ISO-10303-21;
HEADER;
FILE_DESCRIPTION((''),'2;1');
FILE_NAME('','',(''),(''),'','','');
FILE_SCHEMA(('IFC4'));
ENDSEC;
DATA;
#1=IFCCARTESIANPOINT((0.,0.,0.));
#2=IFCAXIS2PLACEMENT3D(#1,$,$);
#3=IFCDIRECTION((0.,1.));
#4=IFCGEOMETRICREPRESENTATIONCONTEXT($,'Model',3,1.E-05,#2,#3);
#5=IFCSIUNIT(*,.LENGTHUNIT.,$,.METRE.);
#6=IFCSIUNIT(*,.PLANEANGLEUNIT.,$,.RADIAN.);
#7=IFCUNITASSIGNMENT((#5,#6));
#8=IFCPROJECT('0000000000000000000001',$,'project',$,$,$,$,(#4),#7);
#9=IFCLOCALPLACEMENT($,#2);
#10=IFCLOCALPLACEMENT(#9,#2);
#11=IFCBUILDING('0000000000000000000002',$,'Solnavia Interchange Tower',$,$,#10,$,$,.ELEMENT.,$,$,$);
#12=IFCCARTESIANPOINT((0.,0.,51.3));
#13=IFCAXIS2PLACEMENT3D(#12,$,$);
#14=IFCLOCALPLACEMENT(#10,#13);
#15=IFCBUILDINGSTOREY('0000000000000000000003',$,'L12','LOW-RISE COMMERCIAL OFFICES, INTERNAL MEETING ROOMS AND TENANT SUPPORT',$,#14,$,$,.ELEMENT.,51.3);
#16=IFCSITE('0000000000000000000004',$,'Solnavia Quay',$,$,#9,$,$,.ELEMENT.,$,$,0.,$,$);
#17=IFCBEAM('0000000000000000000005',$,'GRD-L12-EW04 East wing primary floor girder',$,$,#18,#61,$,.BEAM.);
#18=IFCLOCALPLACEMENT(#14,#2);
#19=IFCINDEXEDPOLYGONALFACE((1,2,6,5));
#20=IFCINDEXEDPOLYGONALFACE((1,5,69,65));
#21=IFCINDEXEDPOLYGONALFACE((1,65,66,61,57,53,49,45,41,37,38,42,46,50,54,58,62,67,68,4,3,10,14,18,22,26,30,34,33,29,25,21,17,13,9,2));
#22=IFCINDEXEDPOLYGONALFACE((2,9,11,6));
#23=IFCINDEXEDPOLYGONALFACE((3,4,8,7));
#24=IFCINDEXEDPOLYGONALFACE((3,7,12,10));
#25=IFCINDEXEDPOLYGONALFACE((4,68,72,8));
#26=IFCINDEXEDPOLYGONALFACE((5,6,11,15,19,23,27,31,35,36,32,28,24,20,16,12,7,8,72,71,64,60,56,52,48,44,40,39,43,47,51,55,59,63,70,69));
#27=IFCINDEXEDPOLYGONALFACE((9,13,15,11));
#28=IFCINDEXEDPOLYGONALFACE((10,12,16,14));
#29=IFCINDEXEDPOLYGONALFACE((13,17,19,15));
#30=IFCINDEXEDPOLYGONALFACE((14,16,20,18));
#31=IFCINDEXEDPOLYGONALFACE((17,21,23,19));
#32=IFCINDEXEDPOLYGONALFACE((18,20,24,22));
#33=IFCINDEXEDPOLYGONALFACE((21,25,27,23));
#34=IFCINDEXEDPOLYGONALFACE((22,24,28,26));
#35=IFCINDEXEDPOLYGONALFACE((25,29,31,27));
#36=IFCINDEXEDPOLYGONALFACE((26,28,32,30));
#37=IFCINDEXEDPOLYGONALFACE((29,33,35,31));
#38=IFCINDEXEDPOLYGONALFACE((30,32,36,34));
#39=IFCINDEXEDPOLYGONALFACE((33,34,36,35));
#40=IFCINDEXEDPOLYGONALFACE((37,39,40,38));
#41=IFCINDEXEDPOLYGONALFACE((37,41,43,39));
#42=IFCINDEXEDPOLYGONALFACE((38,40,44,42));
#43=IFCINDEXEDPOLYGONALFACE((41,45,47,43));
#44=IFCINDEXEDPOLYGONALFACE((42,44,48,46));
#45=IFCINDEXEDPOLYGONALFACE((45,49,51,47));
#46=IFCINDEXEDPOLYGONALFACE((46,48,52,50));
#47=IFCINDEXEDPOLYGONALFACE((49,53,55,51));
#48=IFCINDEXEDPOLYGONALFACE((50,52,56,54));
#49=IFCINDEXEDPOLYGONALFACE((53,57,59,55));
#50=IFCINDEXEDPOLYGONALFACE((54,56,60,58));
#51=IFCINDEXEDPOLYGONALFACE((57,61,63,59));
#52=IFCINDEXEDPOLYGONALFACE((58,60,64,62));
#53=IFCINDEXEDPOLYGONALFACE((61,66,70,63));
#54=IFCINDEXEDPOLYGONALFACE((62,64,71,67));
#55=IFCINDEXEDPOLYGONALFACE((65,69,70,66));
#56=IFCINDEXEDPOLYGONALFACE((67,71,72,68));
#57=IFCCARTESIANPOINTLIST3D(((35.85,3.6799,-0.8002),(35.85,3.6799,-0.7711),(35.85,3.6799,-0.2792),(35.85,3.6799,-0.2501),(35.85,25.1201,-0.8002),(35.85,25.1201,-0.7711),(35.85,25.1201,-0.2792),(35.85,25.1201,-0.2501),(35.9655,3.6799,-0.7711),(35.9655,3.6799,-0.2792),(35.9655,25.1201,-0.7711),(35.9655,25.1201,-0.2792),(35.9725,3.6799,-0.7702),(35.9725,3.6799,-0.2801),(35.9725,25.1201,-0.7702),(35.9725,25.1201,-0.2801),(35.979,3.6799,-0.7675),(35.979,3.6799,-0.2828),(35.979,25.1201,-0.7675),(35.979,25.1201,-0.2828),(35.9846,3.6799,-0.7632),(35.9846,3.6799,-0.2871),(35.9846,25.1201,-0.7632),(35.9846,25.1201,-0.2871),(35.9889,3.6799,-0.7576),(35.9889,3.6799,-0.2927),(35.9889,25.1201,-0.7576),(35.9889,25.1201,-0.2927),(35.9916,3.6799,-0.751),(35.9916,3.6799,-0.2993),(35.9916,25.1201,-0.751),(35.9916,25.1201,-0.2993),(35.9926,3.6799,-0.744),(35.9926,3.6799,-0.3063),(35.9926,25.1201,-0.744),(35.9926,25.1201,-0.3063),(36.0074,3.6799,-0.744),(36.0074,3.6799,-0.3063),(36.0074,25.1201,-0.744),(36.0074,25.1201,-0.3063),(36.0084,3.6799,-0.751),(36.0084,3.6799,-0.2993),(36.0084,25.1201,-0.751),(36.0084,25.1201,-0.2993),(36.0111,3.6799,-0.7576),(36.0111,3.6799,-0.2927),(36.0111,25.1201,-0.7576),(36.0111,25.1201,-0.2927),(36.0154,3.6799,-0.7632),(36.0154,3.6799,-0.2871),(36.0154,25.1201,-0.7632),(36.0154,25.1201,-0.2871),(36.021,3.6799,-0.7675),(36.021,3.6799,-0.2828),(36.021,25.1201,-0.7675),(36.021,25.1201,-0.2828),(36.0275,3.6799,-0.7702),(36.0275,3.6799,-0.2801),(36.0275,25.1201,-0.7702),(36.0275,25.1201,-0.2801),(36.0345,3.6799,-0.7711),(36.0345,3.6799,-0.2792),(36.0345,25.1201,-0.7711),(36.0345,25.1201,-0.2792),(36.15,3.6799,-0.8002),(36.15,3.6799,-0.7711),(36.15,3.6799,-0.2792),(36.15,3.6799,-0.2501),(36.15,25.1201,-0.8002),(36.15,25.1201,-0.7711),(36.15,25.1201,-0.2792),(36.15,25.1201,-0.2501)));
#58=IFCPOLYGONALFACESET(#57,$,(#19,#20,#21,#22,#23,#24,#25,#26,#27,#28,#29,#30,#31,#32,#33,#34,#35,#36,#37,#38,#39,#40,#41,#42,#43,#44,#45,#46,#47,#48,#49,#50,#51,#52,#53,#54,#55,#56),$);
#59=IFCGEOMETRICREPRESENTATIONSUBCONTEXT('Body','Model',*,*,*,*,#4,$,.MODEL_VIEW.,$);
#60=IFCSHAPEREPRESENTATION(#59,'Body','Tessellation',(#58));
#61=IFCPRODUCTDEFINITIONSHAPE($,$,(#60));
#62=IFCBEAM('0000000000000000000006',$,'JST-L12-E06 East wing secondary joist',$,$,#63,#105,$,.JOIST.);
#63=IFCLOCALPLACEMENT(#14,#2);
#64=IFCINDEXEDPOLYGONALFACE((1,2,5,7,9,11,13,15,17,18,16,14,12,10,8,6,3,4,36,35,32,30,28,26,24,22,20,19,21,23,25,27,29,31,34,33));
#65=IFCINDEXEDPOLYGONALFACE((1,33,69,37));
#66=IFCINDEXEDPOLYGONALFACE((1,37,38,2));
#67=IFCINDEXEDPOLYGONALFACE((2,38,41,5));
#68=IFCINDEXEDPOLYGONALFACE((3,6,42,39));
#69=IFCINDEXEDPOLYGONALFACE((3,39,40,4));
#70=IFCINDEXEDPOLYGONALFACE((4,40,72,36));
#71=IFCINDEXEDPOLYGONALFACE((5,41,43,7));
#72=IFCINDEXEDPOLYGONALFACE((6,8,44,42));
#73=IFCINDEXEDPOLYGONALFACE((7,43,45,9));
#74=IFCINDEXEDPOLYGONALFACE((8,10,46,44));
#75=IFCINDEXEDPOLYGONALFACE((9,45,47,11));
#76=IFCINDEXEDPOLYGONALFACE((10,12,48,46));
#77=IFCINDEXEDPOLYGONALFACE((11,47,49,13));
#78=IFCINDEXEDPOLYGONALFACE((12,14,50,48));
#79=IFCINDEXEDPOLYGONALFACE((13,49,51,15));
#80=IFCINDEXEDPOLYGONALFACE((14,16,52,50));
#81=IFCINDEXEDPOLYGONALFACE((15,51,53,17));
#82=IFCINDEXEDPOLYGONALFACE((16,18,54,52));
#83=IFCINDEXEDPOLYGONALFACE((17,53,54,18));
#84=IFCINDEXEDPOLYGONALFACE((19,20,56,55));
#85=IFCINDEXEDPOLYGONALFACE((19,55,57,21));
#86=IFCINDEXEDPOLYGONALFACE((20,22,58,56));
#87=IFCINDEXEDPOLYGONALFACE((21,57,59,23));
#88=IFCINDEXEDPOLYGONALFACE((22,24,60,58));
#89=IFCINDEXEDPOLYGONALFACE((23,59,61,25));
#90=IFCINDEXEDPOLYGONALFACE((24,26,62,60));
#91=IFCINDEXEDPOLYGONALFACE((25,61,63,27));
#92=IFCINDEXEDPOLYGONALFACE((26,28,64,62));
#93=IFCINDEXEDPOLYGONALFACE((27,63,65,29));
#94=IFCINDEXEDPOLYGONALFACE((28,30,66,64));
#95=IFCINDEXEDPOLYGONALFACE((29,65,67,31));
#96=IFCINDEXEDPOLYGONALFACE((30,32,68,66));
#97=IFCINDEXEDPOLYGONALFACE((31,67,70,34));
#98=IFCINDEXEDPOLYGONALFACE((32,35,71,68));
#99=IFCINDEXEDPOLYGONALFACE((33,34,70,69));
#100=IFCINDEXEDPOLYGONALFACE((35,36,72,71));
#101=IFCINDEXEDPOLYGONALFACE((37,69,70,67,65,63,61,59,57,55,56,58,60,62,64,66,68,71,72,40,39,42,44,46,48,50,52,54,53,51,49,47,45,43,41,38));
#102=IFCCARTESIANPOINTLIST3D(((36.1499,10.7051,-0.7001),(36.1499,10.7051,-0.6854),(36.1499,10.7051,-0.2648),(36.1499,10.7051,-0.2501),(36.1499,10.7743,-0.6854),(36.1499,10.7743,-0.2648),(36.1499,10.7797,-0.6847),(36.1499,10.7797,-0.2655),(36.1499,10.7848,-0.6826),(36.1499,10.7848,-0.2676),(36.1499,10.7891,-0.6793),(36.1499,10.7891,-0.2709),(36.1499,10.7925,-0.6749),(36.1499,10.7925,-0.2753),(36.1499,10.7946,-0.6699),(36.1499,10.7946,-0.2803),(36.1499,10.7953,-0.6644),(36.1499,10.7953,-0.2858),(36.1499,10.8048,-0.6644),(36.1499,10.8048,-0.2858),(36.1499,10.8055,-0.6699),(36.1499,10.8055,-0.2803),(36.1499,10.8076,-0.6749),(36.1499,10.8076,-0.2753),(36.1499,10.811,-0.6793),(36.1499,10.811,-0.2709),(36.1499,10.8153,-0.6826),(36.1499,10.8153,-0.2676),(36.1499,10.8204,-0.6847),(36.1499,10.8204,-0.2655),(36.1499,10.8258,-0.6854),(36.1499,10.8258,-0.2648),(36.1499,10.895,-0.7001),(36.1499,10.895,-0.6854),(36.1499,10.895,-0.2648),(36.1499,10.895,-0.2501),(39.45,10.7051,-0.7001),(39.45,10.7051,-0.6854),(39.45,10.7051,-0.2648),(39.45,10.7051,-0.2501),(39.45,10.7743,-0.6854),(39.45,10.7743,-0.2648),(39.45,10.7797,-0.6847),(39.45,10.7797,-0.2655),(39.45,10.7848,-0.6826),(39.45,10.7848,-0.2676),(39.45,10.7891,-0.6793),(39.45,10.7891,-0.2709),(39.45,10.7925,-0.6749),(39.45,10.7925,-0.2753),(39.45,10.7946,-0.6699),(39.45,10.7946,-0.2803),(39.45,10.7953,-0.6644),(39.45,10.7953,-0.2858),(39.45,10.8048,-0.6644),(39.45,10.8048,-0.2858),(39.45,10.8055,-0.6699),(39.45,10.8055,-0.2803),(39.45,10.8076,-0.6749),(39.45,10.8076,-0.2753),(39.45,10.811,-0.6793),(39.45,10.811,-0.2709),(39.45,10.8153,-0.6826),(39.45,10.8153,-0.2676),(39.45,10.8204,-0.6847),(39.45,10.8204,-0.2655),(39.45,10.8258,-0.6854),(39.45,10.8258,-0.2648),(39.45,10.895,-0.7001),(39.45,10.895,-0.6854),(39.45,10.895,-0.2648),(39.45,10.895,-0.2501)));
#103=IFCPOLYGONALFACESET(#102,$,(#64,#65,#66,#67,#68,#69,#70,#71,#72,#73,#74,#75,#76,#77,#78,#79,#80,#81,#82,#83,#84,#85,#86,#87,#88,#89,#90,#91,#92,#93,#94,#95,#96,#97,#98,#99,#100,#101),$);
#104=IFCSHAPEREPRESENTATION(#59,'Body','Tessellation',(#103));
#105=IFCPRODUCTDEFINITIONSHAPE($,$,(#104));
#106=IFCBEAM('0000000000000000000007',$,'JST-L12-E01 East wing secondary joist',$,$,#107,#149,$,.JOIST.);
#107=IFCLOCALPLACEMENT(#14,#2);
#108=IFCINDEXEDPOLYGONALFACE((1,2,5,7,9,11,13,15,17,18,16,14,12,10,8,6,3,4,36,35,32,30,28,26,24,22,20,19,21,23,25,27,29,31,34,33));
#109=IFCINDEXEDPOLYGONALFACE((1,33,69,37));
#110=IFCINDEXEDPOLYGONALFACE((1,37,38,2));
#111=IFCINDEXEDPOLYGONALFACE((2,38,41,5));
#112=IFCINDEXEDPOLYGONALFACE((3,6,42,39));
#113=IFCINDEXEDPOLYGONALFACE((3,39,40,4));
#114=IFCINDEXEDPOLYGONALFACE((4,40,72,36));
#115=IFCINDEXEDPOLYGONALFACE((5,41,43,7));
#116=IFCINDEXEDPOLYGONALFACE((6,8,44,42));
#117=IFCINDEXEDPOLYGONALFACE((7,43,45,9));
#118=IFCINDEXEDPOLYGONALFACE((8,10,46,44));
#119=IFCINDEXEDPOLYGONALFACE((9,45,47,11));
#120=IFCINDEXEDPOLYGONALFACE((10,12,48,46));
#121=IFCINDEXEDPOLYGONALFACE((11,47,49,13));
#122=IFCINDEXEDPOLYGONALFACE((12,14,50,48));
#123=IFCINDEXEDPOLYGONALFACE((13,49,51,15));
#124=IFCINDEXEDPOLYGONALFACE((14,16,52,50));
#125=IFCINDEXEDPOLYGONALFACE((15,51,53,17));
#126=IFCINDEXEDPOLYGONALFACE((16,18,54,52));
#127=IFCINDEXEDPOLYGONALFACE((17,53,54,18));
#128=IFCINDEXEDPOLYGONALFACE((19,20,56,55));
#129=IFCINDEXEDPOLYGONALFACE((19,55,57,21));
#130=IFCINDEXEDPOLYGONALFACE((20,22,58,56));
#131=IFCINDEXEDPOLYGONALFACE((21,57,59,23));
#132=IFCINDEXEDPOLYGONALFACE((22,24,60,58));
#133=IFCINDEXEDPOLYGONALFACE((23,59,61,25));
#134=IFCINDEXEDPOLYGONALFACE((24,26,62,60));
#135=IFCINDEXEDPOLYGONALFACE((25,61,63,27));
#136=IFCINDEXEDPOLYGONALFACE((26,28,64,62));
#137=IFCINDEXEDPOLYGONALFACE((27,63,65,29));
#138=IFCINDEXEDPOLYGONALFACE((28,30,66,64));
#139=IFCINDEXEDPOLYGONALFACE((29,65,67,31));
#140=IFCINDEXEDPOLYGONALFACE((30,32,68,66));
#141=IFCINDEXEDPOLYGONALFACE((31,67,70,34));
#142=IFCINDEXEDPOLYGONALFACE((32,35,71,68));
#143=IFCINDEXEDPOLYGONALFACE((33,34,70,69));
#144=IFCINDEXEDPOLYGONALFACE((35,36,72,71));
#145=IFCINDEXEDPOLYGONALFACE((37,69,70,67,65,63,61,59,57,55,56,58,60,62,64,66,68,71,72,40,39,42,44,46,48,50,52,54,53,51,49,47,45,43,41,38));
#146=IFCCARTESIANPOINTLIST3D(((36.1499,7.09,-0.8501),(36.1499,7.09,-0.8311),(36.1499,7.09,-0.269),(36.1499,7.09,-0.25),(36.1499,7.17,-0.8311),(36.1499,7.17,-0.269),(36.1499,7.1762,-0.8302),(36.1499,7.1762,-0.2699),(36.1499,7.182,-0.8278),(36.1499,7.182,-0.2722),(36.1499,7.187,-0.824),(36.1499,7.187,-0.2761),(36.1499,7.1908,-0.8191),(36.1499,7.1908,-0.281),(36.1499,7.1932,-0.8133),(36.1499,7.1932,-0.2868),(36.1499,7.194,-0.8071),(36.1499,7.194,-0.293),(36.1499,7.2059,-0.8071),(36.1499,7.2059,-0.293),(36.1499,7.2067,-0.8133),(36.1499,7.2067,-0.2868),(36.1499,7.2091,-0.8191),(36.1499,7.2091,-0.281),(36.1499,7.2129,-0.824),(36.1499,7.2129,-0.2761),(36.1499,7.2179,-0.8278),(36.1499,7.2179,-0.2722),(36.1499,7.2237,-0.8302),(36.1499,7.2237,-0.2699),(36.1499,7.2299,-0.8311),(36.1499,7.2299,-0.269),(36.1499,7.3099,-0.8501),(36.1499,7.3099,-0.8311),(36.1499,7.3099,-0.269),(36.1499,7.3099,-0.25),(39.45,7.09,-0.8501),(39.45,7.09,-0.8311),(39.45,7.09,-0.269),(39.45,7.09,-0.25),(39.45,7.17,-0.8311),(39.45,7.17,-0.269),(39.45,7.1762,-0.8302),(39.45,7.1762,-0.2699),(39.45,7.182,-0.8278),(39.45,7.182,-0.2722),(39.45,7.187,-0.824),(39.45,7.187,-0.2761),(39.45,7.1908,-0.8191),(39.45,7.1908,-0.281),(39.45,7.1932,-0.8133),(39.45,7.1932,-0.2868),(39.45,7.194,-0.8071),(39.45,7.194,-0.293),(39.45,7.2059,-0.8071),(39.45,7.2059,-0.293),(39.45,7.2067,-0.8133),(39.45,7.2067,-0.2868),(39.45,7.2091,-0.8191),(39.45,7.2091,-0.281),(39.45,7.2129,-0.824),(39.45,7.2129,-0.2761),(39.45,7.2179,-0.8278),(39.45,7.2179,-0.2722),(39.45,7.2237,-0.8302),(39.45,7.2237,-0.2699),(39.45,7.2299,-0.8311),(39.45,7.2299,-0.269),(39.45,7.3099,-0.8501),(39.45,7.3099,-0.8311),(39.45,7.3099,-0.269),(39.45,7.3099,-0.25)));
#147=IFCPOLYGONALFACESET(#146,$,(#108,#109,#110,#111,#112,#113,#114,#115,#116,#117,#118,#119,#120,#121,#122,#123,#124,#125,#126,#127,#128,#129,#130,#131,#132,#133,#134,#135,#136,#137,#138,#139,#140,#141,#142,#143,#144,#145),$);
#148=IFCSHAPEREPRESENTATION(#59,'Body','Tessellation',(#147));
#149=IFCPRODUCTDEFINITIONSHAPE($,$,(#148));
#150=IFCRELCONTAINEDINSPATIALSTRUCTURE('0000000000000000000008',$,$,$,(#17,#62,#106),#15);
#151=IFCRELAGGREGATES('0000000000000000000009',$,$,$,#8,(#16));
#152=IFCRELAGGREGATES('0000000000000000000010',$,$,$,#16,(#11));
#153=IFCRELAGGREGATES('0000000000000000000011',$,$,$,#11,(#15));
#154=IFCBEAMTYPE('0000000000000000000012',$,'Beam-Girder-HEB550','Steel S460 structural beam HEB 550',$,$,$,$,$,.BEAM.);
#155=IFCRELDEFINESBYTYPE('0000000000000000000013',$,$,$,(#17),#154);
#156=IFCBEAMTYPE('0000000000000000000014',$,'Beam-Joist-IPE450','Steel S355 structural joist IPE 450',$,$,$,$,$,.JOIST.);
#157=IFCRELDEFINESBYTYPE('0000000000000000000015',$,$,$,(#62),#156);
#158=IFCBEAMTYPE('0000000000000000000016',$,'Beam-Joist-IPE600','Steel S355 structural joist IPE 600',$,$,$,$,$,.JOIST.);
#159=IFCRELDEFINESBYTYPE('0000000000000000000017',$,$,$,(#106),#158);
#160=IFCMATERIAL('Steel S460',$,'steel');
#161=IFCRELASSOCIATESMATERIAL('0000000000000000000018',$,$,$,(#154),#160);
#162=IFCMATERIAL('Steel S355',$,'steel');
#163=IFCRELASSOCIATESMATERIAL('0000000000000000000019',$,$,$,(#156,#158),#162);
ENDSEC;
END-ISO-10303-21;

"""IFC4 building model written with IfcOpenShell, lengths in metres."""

from ifc_helpers import new_model, si_unit, direction, frame, origin, origin_2d, place, context, subcontext, project, spatial, i_section, extrude, material, material_profile, profile_set, type_object, element, save


model = new_model("IFC4")

# Units and contexts
model_context = context("Model", 3, precision=1e-05, world=origin(), true_north=direction((0.0, 1.0)))
body_context = subcontext(model_context, "Body", "Model", "MODEL_VIEW")
ifc_project = project(units=[si_unit("LENGTHUNIT", "METRE"), si_unit("PLANEANGLEUNIT", "RADIAN")], contexts=[model_context])

# Site, building, storey
site_placement = place(None, origin())
site = spatial("IfcSite", under=ifc_project, at=site_placement, Name="Solnavia Quay", CompositionType="ELEMENT", RefElevation=0.0)
building_placement = place(site_placement, origin())
building = spatial("IfcBuilding", under=site, at=building_placement, Name="Solnavia Interchange Tower", CompositionType="ELEMENT")
storey_placement = place(building_placement, frame((0.0, 0.0, 51.3)))
storey = spatial("IfcBuildingStorey", under=building, at=storey_placement, Name="L12", Description="LOW-RISE COMMERCIAL OFFICES, INTERNAL MEETING ROOMS AND TENANT SUPPORT", CompositionType="ELEMENT", Elevation=51.3)

# Shared definitions
ifc_material_1 = material(Name="Steel S355", Category="steel")

# Beams
ifc_material_2 = material(Name="Steel S460", Category="steel")
ifc_material_profile_1 = material_profile(ifc_material_2, i_section(OverallWidth=0.3, OverallDepth=0.55, WebThickness=0.0149, FlangeThickness=0.0291, FilletRadius=0.0271, at=origin_2d()), Name="HEB 550")
ifc_profile_set_1 = profile_set([ifc_material_profile_1], Name="Steel S460")
beam_type_1 = type_object("IfcBeamType", Name="Beam-Girder-HEB550", Description="Steel S460 structural beam HEB 550", PredefinedType="BEAM", material=ifc_profile_set_1)
beam_1_placement = place(storey_placement, frame((36.0, 3.6799, -0.5251), z_axis=(0.0, 1.0, 0.0), x_axis=(-1.0, 0.0, 0.0)))
element("IfcBeam", 1, at=beam_1_placement, inside=storey, type_object=beam_type_1, Name="GRD-L12-EW04 East wing primary floor girder", PredefinedType="BEAM", context=body_context, shape_type="SweptSolid", body=[
    extrude(i_section(OverallWidth=0.3, OverallDepth=0.55, WebThickness=0.0149, FlangeThickness=0.0291, FilletRadius=0.0271, at=origin_2d()), origin(), (0.0, 0.0, 1.0), 21.4402),
])
ifc_material_profile_2 = material_profile(ifc_material_1, i_section(OverallWidth=0.1899, OverallDepth=0.45, WebThickness=0.0095, FlangeThickness=0.0146, FilletRadius=0.021, at=origin_2d()), Name="IPE 450")
ifc_profile_set_2 = profile_set([ifc_material_profile_2], Name="Steel S355")
beam_type_2 = type_object("IfcBeamType", Name="Beam-Joist-IPE450", Description="Steel S355 structural joist IPE 450", PredefinedType="JOIST", material=ifc_profile_set_2)
beam_2_placement = place(storey_placement, frame((36.1499, 10.8, -0.4751), z_axis=(1.0, 0.0, 0.0), x_axis=(0.0, 1.0, 0.0)))
element("IfcBeam", 2, at=beam_2_placement, inside=storey, type_object=beam_type_2, Name="JST-L12-E06 East wing secondary joist", PredefinedType="JOIST", context=body_context, shape_type="SweptSolid", body=[
    extrude(i_section(OverallWidth=0.1899, OverallDepth=0.45, WebThickness=0.0095, FlangeThickness=0.0146, FilletRadius=0.021, at=origin_2d()), origin(), (0.0, 0.0, 1.0), 3.3),
])
ifc_material_profile_3 = material_profile(ifc_material_1, i_section(OverallWidth=0.22, OverallDepth=0.6001, WebThickness=0.012, FlangeThickness=0.019, FilletRadius=0.0239, at=origin_2d()), Name="IPE 600")
ifc_profile_set_3 = profile_set([ifc_material_profile_3], Name="Steel S355")
beam_type_3 = type_object("IfcBeamType", Name="Beam-Joist-IPE600", Description="Steel S355 structural joist IPE 600", PredefinedType="JOIST", material=ifc_profile_set_3)
beam_3_placement = place(storey_placement, frame((36.1499, 7.2, -0.55), z_axis=(1.0, 0.0, 0.0), x_axis=(0.0, 1.0, 0.0)))
element("IfcBeam", 3, at=beam_3_placement, inside=storey, type_object=beam_type_3, Name="JST-L12-E01 East wing secondary joist", PredefinedType="JOIST", context=body_context, shape_type="SweptSolid", body=[
    extrude(i_section(OverallWidth=0.22, OverallDepth=0.6001, WebThickness=0.012, FlangeThickness=0.019, FilletRadius=0.0239, at=origin_2d()), origin(), (0.0, 0.0, 1.0), 3.3),
])

save(model, "model.ifc")
